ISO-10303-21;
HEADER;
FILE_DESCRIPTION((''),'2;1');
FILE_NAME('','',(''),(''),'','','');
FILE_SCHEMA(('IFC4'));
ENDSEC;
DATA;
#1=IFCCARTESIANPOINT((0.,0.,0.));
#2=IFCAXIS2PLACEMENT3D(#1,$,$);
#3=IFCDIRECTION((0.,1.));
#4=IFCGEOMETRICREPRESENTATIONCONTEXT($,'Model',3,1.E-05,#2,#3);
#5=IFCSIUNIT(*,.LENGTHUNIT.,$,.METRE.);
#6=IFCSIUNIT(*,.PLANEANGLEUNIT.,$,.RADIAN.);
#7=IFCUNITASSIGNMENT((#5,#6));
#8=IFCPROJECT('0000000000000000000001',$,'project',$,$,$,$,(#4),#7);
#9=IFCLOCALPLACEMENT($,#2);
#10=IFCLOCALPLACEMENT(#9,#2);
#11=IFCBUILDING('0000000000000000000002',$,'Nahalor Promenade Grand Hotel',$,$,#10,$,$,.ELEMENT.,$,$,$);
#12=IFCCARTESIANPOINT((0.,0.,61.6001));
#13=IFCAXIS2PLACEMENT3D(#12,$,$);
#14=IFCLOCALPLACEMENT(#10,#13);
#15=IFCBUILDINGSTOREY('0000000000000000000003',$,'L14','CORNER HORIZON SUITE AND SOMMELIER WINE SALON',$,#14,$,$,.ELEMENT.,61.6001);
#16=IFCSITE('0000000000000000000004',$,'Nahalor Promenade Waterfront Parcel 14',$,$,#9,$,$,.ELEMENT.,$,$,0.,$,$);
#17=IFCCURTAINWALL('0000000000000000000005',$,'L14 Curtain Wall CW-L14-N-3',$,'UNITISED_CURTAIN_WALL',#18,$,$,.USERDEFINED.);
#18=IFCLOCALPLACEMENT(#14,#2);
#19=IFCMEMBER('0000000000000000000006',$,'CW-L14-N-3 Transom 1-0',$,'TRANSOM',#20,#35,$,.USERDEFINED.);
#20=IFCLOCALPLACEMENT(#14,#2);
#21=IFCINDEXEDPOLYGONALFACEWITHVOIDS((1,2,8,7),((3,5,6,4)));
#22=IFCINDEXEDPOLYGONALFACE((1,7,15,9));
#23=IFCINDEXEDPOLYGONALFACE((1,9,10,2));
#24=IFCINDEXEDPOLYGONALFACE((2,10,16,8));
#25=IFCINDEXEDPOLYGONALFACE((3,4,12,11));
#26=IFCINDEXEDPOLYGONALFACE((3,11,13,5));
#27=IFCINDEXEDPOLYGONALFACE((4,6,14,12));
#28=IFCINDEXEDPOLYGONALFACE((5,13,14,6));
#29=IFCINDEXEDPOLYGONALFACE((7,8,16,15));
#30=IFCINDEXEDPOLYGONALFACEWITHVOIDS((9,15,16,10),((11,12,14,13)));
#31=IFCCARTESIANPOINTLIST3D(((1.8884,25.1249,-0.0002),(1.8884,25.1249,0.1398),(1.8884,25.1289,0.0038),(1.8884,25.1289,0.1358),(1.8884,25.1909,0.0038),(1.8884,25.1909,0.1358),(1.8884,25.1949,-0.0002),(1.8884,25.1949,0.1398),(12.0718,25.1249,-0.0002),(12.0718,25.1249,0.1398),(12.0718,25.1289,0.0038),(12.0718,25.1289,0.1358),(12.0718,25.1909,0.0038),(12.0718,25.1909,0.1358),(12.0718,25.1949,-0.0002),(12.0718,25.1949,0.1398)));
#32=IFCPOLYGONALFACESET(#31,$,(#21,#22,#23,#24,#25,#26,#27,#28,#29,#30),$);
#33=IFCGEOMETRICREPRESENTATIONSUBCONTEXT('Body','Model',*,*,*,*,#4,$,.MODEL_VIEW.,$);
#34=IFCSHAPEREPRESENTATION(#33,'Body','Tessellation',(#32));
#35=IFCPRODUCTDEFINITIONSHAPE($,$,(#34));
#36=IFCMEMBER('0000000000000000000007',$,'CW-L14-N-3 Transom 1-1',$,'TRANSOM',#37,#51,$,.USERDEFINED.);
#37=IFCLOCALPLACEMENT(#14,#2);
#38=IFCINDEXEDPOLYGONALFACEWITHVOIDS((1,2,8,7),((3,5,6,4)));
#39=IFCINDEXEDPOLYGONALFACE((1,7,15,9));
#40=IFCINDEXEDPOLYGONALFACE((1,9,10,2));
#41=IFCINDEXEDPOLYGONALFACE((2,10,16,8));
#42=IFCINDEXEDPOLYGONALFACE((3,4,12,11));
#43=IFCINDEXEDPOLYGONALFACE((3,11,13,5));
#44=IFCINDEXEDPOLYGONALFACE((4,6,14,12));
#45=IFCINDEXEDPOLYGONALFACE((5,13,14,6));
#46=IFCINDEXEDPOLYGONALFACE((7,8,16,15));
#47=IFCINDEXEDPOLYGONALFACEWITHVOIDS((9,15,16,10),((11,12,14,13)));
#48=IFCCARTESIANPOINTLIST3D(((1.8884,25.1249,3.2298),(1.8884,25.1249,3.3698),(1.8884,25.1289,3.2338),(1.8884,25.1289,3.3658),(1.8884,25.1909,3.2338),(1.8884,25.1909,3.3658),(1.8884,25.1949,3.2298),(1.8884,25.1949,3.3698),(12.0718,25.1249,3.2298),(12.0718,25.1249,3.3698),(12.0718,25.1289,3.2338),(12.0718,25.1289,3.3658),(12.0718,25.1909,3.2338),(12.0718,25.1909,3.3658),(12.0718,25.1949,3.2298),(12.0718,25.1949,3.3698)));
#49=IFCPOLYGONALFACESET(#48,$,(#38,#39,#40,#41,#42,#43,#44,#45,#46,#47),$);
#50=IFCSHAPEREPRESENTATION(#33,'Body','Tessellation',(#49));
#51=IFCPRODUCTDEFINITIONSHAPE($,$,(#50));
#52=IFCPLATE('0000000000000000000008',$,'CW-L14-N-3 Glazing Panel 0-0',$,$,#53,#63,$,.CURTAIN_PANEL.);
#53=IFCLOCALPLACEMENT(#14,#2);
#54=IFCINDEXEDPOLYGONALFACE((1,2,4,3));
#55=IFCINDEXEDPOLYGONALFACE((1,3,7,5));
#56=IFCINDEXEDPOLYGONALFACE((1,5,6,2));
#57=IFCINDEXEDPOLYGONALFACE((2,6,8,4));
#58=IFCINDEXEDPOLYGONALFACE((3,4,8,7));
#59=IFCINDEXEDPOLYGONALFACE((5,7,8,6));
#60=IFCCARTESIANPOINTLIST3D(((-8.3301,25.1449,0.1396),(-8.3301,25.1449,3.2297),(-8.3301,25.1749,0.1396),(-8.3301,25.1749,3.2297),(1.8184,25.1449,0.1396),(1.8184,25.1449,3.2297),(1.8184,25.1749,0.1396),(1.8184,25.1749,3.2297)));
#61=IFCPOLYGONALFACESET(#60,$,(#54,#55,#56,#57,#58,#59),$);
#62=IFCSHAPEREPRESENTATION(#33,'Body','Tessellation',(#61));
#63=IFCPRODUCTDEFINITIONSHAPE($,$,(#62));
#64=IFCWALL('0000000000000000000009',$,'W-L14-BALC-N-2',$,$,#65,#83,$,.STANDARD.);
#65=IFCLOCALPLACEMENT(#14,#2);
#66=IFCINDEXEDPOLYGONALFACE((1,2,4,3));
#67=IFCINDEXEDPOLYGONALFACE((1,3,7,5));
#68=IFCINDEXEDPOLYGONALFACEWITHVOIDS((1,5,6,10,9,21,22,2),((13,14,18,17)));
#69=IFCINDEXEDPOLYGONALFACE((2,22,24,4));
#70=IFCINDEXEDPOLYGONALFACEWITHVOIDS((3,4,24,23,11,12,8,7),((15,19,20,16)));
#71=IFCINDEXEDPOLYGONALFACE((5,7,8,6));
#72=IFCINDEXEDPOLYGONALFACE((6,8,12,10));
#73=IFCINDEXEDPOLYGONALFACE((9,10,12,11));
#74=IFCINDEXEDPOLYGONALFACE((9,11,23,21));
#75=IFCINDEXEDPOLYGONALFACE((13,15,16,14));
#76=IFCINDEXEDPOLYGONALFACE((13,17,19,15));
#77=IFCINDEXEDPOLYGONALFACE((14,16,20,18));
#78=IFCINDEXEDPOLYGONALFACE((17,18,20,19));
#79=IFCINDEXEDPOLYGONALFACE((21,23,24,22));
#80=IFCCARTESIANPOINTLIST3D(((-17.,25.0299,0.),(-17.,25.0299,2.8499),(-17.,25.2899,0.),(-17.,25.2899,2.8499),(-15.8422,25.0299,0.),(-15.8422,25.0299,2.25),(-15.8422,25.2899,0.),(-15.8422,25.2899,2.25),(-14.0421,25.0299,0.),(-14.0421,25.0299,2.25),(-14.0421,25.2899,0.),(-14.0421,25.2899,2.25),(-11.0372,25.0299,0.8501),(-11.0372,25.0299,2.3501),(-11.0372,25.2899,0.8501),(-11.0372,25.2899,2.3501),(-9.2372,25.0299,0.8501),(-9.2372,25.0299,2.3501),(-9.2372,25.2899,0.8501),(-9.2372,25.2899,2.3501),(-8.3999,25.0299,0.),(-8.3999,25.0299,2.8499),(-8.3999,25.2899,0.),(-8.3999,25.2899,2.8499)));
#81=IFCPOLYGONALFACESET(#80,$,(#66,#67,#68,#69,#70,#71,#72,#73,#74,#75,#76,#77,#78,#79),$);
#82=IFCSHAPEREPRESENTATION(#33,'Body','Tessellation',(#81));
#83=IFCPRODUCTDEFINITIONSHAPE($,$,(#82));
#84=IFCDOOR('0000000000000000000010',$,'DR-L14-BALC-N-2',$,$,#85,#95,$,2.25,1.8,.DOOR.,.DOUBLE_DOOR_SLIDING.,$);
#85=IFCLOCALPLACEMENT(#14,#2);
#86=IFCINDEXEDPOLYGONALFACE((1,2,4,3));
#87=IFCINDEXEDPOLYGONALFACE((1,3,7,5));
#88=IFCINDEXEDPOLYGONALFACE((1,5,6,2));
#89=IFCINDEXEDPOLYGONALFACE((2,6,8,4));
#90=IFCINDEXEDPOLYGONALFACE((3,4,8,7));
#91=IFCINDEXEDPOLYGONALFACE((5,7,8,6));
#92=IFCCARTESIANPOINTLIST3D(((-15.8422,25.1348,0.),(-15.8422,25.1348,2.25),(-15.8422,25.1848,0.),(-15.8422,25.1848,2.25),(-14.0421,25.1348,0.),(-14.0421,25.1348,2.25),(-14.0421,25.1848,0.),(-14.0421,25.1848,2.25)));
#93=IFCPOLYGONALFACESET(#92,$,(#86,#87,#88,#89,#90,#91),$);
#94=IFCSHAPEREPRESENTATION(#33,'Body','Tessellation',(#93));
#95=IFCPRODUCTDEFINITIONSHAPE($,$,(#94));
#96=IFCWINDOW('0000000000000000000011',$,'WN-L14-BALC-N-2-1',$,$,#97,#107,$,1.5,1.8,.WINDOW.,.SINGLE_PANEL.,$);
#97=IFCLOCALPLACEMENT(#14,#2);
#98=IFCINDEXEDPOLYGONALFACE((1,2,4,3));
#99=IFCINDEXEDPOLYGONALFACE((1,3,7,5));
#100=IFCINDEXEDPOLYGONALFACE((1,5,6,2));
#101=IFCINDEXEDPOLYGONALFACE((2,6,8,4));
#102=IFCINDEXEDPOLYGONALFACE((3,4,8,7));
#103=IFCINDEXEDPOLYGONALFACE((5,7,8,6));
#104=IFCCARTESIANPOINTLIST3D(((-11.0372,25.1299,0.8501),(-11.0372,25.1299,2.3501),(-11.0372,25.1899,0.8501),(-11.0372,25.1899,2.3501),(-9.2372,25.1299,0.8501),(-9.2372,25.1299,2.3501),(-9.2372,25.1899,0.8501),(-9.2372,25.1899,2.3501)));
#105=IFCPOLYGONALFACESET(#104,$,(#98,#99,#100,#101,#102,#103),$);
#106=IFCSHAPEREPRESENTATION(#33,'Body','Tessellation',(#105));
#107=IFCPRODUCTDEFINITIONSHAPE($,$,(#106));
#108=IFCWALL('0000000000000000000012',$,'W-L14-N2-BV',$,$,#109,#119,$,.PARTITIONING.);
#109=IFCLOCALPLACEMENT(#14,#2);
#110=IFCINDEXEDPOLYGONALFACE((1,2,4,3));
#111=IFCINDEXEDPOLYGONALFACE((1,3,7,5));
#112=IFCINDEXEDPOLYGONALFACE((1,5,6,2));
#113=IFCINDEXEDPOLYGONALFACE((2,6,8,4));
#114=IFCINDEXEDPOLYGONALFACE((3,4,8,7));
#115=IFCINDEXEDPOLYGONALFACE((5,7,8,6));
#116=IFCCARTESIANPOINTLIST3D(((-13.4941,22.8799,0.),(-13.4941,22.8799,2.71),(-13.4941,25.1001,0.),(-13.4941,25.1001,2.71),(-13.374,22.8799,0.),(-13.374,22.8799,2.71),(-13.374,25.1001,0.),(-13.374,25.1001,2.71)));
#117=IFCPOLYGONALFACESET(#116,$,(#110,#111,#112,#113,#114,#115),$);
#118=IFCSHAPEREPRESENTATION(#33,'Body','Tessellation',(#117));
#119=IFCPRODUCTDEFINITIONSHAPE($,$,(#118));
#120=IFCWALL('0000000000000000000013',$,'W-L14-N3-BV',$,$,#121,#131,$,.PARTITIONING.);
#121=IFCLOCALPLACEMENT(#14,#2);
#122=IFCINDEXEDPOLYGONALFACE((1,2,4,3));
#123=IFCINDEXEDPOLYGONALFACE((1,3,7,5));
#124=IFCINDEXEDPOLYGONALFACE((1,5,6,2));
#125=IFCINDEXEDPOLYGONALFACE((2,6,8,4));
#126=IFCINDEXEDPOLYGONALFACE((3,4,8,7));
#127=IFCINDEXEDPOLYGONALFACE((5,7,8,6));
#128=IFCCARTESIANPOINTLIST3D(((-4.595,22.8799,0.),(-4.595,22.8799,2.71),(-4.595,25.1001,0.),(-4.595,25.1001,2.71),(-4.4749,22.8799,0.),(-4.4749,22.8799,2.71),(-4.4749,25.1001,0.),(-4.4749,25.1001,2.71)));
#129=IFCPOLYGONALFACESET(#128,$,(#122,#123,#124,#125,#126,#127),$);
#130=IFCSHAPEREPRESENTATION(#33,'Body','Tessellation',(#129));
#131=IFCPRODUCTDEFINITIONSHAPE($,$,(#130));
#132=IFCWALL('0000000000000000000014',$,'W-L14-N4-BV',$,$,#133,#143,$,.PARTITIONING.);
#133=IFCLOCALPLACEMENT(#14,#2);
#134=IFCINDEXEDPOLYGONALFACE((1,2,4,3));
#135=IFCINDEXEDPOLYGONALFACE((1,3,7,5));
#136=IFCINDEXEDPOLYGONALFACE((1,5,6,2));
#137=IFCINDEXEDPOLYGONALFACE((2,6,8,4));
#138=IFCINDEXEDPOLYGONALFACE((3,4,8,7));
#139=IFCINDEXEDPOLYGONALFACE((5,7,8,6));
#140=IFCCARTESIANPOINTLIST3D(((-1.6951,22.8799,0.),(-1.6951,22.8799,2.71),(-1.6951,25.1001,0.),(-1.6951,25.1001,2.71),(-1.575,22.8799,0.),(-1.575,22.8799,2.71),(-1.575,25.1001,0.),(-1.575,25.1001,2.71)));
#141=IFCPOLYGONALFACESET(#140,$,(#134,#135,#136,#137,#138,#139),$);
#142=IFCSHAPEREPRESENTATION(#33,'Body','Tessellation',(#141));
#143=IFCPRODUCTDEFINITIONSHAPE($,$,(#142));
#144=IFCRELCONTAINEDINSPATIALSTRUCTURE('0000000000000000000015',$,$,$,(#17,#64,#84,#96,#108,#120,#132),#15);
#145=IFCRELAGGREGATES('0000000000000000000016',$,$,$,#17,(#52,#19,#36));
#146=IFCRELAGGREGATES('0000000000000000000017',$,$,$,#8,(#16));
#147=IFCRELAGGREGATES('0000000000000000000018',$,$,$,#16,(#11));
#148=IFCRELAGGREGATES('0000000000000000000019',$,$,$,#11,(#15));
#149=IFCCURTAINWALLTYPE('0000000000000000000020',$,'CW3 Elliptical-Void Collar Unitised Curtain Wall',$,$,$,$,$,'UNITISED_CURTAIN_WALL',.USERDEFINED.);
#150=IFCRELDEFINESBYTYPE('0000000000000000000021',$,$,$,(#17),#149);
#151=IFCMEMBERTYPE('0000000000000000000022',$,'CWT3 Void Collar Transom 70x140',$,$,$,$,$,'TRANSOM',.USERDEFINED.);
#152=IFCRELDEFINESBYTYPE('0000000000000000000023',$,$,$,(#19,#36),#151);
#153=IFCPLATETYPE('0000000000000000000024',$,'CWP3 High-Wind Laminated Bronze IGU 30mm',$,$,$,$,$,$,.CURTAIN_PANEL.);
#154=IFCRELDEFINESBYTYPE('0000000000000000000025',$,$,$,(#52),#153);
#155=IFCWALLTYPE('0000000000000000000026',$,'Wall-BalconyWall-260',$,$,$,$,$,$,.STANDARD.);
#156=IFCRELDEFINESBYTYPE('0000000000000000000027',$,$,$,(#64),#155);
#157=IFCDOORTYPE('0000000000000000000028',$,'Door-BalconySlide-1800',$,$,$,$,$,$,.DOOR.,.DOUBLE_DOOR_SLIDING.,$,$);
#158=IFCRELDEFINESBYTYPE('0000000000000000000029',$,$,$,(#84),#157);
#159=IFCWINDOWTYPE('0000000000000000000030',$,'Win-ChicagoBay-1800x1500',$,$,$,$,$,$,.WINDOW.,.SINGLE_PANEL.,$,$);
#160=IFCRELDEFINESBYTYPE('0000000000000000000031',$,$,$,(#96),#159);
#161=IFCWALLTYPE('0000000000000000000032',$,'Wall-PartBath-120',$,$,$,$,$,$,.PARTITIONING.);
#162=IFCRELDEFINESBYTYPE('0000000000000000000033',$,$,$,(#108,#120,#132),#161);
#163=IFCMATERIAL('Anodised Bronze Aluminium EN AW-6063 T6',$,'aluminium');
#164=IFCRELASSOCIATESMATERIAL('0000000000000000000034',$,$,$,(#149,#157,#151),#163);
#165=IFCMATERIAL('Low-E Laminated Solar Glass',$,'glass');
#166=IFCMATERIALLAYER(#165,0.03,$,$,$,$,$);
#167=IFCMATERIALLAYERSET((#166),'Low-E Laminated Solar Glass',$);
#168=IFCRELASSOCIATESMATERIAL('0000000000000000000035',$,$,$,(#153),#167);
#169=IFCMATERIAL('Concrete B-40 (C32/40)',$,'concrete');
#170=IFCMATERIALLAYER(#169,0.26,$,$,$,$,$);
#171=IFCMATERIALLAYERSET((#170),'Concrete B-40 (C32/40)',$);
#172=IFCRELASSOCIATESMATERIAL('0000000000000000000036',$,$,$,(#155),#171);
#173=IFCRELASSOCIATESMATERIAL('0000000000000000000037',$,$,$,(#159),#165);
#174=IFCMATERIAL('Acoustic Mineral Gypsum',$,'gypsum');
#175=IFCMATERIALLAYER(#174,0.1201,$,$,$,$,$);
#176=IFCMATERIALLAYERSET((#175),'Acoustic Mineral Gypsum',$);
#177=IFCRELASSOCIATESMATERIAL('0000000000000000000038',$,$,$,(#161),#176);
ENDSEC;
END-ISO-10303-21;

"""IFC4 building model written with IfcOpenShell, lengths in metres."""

from ifc_helpers import new_model, si_unit, direction, frame, frame_2d, origin, origin_2d, place, context, subcontext, project, spatial, rectangle, hollow_rectangle, extrude, source, transform, mapped, material, layer, layer_set, material_profile, profile_set, type_object, element, fill, aggregate, save


model = new_model("IFC4")

# Units and contexts
model_context = context("Model", 3, precision=1e-05, world=origin(), true_north=direction((0.0, 1.0)))
body_context = subcontext(model_context, "Body", "Model", "MODEL_VIEW")
ifc_project = project(units=[si_unit("LENGTHUNIT", "METRE"), si_unit("PLANEANGLEUNIT", "RADIAN")], contexts=[model_context])

# Site, building, storey
site_placement = place(None, origin())
site = spatial("IfcSite", under=ifc_project, at=site_placement, Name="Nahalor Promenade Waterfront Parcel 14", CompositionType="ELEMENT", RefElevation=0.0)
building_placement = place(site_placement, origin())
building = spatial("IfcBuilding", under=site, at=building_placement, Name="Nahalor Promenade Grand Hotel", CompositionType="ELEMENT")
storey_placement = place(building_placement, frame((0.0, 0.0, 61.6001)))
storey = spatial("IfcBuildingStorey", under=building, at=storey_placement, Name="L14", Description="CORNER HORIZON SUITE AND SOMMELIER WINE SALON", CompositionType="ELEMENT", Elevation=61.6001)

# Curtain wall, members, plate
ifc_material_1 = material(Name="Anodised Bronze Aluminium EN AW-6063 T6", Category="aluminium")
curtain_wall_type = type_object("IfcCurtainWallType", Name="CW3 Elliptical-Void Collar Unitised Curtain Wall", ElementType="UNITISED_CURTAIN_WALL", PredefinedType="USERDEFINED", material=ifc_material_1)
curtain_wall_placement = place(storey_placement, origin())
curtain_wall = element("IfcCurtainWall", 1, at=curtain_wall_placement, inside=storey, type_object=curtain_wall_type, Name="L14 Curtain Wall CW-L14-N-3", ObjectType="UNITISED_CURTAIN_WALL", PredefinedType="USERDEFINED")
ifc_material_profile_1 = material_profile(ifc_material_1, hollow_rectangle(XDim=0.07, YDim=0.14, WallThickness=0.004, at=origin_2d()), Name="CWT 70x140x4")
ifc_profile_set_1 = profile_set([ifc_material_profile_1], Name="Anodised Bronze Aluminium EN AW-6063 T6")
member_type_1 = type_object("IfcMemberType", Name="CWT3 Void Collar Transom 70x140", ElementType="TRANSOM", PredefinedType="USERDEFINED", material=ifc_profile_set_1)
shared_shape_1 = source(origin(), body_context, "Body", "SweptSolid", [
    extrude(hollow_rectangle(XDim=0.07, YDim=0.14, WallThickness=0.004, at=origin_2d()), origin(), (0.0, 0.0, 1.0), 10.1833),
])
member_1_placement = place(storey_placement, frame((1.8884, 25.1599, 0.0698), z_axis=(1.0, 0.0, 0.0), x_axis=(0.0, 1.0, 0.0)))
member_1 = element("IfcMember", 2, at=member_1_placement, type_object=member_type_1, Name="CW-L14-N-3 Transom 1-0", ObjectType="TRANSOM", PredefinedType="USERDEFINED", context=body_context, shape_type="MappedRepresentation", body=[
    mapped(shared_shape_1, transform((0.0, 0.0, 0.0), scale=1.0)),
])
member_2_placement = place(storey_placement, frame((1.8884, 25.1599, 3.2998), z_axis=(1.0, 0.0, 0.0), x_axis=(0.0, 1.0, 0.0)))
member_2 = element("IfcMember", 3, at=member_2_placement, type_object=member_type_1, Name="CW-L14-N-3 Transom 1-1", ObjectType="TRANSOM", PredefinedType="USERDEFINED", context=body_context, shape_type="MappedRepresentation", body=[
    mapped(shared_shape_1, transform((0.0, 0.0, 0.0), scale=1.0)),
])
ifc_material_2 = material(Name="Low-E Laminated Solar Glass", Category="glass")
ifc_layer_1 = layer(ifc_material_2, 0.03)
ifc_layer_set_1 = layer_set([ifc_layer_1], Name="Low-E Laminated Solar Glass")
plate_type = type_object("IfcPlateType", Name="CWP3 High-Wind Laminated Bronze IGU 30mm", PredefinedType="CURTAIN_PANEL", material=ifc_layer_set_1)
shared_shape_2 = source(origin(), body_context, "Body", "SweptSolid", [
    extrude(rectangle(XDim=10.1484, YDim=0.03, at=origin_2d()), origin(), (0.0, 0.0, 1.0), 3.0901),
])
plate_placement = place(storey_placement, frame((-3.2559, 25.1599, 0.1396), z_axis=(0.0, 0.0, 1.0), x_axis=(1.0, 0.0, 0.0)))
plate = element("IfcPlate", 4, at=plate_placement, type_object=plate_type, Name="CW-L14-N-3 Glazing Panel 0-0", PredefinedType="CURTAIN_PANEL", context=body_context, shape_type="MappedRepresentation", body=[
    mapped(shared_shape_2, transform((0.0, 0.0, 0.0), scale=1.0)),
])
aggregate(curtain_wall, [plate, member_1, member_2])

# Wall, openings, door, window
ifc_material_3 = material(Name="Concrete B-40 (C32/40)", Category="concrete")
ifc_layer_2 = layer(ifc_material_3, 0.26)
ifc_layer_set_2 = layer_set([ifc_layer_2], Name="Concrete B-40 (C32/40)")
wall_type_1 = type_object("IfcWallType", Name="Wall-BalconyWall-260", PredefinedType="STANDARD", material=ifc_layer_set_2)
shared_shape_3 = source(origin(), body_context, "Body", "SweptSolid", [
    extrude(rectangle(XDim=8.6001, YDim=0.26, at=frame_2d((4.3, 0.0))), origin(), (0.0, 0.0, 1.0), 2.8499),
])
wall_1_placement = place(storey_placement, frame((-17.0, 25.1599, 0.0), z_axis=(0.0, 0.0, 1.0), x_axis=(1.0, 0.0, 0.0)))
wall_1 = element("IfcWall", 5, at=wall_1_placement, inside=storey, type_object=wall_type_1, Name="W-L14-BALC-N-2", PredefinedType="STANDARD", context=body_context, shape_type="MappedRepresentation", body=[
    mapped(shared_shape_3, transform((0.0, 0.0, 0.0), scale=1.0)),
])
opening_1_placement = place(wall_1_placement, frame((1.158, 0.0, 0.0)))
opening_1 = element("IfcOpeningElement", 6, at=opening_1_placement, cuts=wall_1, PredefinedType="OPENING", context=body_context, shape_type="SweptSolid", body=[
    extrude(rectangle(XDim=1.8, YDim=2.25, at=frame_2d((0.8999, 1.125))), frame((0.0, 0.1399, 0.0), z_axis=(0.0, -1.0, 0.0), x_axis=(1.0, 0.0, 0.0)), (0.0, 0.0, 1.0), 0.28),
])
opening_2_placement = place(wall_1_placement, frame((5.9629, 0.0, 0.8501)))
opening_2 = element("IfcOpeningElement", 7, at=opening_2_placement, cuts=wall_1, PredefinedType="OPENING", context=body_context, shape_type="SweptSolid", body=[
    extrude(rectangle(XDim=1.8, YDim=1.5, at=frame_2d((0.8999, 0.75))), frame((0.0, 0.1399, 0.0), z_axis=(0.0, -1.0, 0.0), x_axis=(1.0, 0.0, 0.0)), (0.0, 0.0, 1.0), 0.28),
])
door_type_1 = type_object("IfcDoorType", Name="Door-BalconySlide-1800", OperationType="DOUBLE_DOOR_SLIDING", PredefinedType="DOOR", material=ifc_material_1)
shared_shape_4 = source(origin(), body_context, "Body", "SweptSolid", [
    extrude(rectangle(XDim=1.8, YDim=2.25, at=frame_2d((0.8999, 1.125))), frame((0.0, 0.0249, 0.0), z_axis=(0.0, -1.0, 0.0), x_axis=(1.0, 0.0, 0.0)), (0.0, 0.0, 1.0), 0.05),
])
door_1_placement = place(opening_1_placement, origin())
door_1 = element("IfcDoor", 8, at=door_1_placement, inside=storey, type_object=door_type_1, Name="DR-L14-BALC-N-2", OperationType="DOUBLE_DOOR_SLIDING", OverallHeight=2.25, OverallWidth=1.8, PredefinedType="DOOR", context=body_context, shape_type="MappedRepresentation", body=[
    mapped(shared_shape_4, transform((0.0, 0.0, 0.0), scale=1.0)),
])
fill(opening_1, door_1)
window_type = type_object("IfcWindowType", Name="Win-ChicagoBay-1800x1500", PartitioningType="SINGLE_PANEL", PredefinedType="WINDOW", material=ifc_material_2)
shared_shape_5 = source(origin(), body_context, "Body", "SweptSolid", [
    extrude(rectangle(XDim=1.8, YDim=1.5, at=frame_2d((0.8999, 0.75))), frame((0.0, 0.03, 0.0), z_axis=(0.0, -1.0, 0.0), x_axis=(1.0, 0.0, 0.0)), (0.0, 0.0, 1.0), 0.0601),
])
window_placement = place(opening_2_placement, origin())
window = element("IfcWindow", 9, at=window_placement, inside=storey, type_object=window_type, Name="WN-L14-BALC-N-2-1", OverallHeight=1.5, OverallWidth=1.8, PartitioningType="SINGLE_PANEL", PredefinedType="WINDOW", context=body_context, shape_type="MappedRepresentation", body=[
    mapped(shared_shape_5, transform((0.0, 0.0, 0.0), scale=1.0)),
])
fill(opening_2, window)

# Walls
ifc_material_4 = material(Name="Acoustic Mineral Gypsum", Category="gypsum")
ifc_layer_3 = layer(ifc_material_4, 0.1201)
ifc_layer_set_3 = layer_set([ifc_layer_3], Name="Acoustic Mineral Gypsum")
wall_type_2 = type_object("IfcWallType", Name="Wall-PartBath-120", PredefinedType="PARTITIONING", material=ifc_layer_set_3)
shared_shape_6 = source(origin(), body_context, "Body", "SweptSolid", [
    extrude(rectangle(XDim=2.2202, YDim=0.1201, at=frame_2d((1.1101, 0.0))), origin(), (0.0, 0.0, 1.0), 2.71),
])
for number, where, z_axis, x_axis, name in (
    (10, (-13.4341, 22.8799, 0.0), (0.0, 0.0, 1.0), (0.0, 1.0, 0.0), "W-L14-N2-BV"),
    (11, (-4.5349, 22.8799, 0.0), (0.0, 0.0, 1.0), (0.0, 1.0, 0.0), "W-L14-N3-BV"),
    (12, (-1.635, 22.8799, 0.0), (0.0, 0.0, 1.0), (0.0, 1.0, 0.0), "W-L14-N4-BV"),
):
    element("IfcWall", number, at=place(storey_placement, frame(where, z_axis=z_axis, x_axis=x_axis)), inside=storey, type_object=wall_type_2, Name=name, PredefinedType="PARTITIONING", context=body_context, shape_type="MappedRepresentation", body=[
        mapped(shared_shape_6, transform((0.0, 0.0, 0.0), scale=1.0)),
    ])

save(model, "model.ifc")
